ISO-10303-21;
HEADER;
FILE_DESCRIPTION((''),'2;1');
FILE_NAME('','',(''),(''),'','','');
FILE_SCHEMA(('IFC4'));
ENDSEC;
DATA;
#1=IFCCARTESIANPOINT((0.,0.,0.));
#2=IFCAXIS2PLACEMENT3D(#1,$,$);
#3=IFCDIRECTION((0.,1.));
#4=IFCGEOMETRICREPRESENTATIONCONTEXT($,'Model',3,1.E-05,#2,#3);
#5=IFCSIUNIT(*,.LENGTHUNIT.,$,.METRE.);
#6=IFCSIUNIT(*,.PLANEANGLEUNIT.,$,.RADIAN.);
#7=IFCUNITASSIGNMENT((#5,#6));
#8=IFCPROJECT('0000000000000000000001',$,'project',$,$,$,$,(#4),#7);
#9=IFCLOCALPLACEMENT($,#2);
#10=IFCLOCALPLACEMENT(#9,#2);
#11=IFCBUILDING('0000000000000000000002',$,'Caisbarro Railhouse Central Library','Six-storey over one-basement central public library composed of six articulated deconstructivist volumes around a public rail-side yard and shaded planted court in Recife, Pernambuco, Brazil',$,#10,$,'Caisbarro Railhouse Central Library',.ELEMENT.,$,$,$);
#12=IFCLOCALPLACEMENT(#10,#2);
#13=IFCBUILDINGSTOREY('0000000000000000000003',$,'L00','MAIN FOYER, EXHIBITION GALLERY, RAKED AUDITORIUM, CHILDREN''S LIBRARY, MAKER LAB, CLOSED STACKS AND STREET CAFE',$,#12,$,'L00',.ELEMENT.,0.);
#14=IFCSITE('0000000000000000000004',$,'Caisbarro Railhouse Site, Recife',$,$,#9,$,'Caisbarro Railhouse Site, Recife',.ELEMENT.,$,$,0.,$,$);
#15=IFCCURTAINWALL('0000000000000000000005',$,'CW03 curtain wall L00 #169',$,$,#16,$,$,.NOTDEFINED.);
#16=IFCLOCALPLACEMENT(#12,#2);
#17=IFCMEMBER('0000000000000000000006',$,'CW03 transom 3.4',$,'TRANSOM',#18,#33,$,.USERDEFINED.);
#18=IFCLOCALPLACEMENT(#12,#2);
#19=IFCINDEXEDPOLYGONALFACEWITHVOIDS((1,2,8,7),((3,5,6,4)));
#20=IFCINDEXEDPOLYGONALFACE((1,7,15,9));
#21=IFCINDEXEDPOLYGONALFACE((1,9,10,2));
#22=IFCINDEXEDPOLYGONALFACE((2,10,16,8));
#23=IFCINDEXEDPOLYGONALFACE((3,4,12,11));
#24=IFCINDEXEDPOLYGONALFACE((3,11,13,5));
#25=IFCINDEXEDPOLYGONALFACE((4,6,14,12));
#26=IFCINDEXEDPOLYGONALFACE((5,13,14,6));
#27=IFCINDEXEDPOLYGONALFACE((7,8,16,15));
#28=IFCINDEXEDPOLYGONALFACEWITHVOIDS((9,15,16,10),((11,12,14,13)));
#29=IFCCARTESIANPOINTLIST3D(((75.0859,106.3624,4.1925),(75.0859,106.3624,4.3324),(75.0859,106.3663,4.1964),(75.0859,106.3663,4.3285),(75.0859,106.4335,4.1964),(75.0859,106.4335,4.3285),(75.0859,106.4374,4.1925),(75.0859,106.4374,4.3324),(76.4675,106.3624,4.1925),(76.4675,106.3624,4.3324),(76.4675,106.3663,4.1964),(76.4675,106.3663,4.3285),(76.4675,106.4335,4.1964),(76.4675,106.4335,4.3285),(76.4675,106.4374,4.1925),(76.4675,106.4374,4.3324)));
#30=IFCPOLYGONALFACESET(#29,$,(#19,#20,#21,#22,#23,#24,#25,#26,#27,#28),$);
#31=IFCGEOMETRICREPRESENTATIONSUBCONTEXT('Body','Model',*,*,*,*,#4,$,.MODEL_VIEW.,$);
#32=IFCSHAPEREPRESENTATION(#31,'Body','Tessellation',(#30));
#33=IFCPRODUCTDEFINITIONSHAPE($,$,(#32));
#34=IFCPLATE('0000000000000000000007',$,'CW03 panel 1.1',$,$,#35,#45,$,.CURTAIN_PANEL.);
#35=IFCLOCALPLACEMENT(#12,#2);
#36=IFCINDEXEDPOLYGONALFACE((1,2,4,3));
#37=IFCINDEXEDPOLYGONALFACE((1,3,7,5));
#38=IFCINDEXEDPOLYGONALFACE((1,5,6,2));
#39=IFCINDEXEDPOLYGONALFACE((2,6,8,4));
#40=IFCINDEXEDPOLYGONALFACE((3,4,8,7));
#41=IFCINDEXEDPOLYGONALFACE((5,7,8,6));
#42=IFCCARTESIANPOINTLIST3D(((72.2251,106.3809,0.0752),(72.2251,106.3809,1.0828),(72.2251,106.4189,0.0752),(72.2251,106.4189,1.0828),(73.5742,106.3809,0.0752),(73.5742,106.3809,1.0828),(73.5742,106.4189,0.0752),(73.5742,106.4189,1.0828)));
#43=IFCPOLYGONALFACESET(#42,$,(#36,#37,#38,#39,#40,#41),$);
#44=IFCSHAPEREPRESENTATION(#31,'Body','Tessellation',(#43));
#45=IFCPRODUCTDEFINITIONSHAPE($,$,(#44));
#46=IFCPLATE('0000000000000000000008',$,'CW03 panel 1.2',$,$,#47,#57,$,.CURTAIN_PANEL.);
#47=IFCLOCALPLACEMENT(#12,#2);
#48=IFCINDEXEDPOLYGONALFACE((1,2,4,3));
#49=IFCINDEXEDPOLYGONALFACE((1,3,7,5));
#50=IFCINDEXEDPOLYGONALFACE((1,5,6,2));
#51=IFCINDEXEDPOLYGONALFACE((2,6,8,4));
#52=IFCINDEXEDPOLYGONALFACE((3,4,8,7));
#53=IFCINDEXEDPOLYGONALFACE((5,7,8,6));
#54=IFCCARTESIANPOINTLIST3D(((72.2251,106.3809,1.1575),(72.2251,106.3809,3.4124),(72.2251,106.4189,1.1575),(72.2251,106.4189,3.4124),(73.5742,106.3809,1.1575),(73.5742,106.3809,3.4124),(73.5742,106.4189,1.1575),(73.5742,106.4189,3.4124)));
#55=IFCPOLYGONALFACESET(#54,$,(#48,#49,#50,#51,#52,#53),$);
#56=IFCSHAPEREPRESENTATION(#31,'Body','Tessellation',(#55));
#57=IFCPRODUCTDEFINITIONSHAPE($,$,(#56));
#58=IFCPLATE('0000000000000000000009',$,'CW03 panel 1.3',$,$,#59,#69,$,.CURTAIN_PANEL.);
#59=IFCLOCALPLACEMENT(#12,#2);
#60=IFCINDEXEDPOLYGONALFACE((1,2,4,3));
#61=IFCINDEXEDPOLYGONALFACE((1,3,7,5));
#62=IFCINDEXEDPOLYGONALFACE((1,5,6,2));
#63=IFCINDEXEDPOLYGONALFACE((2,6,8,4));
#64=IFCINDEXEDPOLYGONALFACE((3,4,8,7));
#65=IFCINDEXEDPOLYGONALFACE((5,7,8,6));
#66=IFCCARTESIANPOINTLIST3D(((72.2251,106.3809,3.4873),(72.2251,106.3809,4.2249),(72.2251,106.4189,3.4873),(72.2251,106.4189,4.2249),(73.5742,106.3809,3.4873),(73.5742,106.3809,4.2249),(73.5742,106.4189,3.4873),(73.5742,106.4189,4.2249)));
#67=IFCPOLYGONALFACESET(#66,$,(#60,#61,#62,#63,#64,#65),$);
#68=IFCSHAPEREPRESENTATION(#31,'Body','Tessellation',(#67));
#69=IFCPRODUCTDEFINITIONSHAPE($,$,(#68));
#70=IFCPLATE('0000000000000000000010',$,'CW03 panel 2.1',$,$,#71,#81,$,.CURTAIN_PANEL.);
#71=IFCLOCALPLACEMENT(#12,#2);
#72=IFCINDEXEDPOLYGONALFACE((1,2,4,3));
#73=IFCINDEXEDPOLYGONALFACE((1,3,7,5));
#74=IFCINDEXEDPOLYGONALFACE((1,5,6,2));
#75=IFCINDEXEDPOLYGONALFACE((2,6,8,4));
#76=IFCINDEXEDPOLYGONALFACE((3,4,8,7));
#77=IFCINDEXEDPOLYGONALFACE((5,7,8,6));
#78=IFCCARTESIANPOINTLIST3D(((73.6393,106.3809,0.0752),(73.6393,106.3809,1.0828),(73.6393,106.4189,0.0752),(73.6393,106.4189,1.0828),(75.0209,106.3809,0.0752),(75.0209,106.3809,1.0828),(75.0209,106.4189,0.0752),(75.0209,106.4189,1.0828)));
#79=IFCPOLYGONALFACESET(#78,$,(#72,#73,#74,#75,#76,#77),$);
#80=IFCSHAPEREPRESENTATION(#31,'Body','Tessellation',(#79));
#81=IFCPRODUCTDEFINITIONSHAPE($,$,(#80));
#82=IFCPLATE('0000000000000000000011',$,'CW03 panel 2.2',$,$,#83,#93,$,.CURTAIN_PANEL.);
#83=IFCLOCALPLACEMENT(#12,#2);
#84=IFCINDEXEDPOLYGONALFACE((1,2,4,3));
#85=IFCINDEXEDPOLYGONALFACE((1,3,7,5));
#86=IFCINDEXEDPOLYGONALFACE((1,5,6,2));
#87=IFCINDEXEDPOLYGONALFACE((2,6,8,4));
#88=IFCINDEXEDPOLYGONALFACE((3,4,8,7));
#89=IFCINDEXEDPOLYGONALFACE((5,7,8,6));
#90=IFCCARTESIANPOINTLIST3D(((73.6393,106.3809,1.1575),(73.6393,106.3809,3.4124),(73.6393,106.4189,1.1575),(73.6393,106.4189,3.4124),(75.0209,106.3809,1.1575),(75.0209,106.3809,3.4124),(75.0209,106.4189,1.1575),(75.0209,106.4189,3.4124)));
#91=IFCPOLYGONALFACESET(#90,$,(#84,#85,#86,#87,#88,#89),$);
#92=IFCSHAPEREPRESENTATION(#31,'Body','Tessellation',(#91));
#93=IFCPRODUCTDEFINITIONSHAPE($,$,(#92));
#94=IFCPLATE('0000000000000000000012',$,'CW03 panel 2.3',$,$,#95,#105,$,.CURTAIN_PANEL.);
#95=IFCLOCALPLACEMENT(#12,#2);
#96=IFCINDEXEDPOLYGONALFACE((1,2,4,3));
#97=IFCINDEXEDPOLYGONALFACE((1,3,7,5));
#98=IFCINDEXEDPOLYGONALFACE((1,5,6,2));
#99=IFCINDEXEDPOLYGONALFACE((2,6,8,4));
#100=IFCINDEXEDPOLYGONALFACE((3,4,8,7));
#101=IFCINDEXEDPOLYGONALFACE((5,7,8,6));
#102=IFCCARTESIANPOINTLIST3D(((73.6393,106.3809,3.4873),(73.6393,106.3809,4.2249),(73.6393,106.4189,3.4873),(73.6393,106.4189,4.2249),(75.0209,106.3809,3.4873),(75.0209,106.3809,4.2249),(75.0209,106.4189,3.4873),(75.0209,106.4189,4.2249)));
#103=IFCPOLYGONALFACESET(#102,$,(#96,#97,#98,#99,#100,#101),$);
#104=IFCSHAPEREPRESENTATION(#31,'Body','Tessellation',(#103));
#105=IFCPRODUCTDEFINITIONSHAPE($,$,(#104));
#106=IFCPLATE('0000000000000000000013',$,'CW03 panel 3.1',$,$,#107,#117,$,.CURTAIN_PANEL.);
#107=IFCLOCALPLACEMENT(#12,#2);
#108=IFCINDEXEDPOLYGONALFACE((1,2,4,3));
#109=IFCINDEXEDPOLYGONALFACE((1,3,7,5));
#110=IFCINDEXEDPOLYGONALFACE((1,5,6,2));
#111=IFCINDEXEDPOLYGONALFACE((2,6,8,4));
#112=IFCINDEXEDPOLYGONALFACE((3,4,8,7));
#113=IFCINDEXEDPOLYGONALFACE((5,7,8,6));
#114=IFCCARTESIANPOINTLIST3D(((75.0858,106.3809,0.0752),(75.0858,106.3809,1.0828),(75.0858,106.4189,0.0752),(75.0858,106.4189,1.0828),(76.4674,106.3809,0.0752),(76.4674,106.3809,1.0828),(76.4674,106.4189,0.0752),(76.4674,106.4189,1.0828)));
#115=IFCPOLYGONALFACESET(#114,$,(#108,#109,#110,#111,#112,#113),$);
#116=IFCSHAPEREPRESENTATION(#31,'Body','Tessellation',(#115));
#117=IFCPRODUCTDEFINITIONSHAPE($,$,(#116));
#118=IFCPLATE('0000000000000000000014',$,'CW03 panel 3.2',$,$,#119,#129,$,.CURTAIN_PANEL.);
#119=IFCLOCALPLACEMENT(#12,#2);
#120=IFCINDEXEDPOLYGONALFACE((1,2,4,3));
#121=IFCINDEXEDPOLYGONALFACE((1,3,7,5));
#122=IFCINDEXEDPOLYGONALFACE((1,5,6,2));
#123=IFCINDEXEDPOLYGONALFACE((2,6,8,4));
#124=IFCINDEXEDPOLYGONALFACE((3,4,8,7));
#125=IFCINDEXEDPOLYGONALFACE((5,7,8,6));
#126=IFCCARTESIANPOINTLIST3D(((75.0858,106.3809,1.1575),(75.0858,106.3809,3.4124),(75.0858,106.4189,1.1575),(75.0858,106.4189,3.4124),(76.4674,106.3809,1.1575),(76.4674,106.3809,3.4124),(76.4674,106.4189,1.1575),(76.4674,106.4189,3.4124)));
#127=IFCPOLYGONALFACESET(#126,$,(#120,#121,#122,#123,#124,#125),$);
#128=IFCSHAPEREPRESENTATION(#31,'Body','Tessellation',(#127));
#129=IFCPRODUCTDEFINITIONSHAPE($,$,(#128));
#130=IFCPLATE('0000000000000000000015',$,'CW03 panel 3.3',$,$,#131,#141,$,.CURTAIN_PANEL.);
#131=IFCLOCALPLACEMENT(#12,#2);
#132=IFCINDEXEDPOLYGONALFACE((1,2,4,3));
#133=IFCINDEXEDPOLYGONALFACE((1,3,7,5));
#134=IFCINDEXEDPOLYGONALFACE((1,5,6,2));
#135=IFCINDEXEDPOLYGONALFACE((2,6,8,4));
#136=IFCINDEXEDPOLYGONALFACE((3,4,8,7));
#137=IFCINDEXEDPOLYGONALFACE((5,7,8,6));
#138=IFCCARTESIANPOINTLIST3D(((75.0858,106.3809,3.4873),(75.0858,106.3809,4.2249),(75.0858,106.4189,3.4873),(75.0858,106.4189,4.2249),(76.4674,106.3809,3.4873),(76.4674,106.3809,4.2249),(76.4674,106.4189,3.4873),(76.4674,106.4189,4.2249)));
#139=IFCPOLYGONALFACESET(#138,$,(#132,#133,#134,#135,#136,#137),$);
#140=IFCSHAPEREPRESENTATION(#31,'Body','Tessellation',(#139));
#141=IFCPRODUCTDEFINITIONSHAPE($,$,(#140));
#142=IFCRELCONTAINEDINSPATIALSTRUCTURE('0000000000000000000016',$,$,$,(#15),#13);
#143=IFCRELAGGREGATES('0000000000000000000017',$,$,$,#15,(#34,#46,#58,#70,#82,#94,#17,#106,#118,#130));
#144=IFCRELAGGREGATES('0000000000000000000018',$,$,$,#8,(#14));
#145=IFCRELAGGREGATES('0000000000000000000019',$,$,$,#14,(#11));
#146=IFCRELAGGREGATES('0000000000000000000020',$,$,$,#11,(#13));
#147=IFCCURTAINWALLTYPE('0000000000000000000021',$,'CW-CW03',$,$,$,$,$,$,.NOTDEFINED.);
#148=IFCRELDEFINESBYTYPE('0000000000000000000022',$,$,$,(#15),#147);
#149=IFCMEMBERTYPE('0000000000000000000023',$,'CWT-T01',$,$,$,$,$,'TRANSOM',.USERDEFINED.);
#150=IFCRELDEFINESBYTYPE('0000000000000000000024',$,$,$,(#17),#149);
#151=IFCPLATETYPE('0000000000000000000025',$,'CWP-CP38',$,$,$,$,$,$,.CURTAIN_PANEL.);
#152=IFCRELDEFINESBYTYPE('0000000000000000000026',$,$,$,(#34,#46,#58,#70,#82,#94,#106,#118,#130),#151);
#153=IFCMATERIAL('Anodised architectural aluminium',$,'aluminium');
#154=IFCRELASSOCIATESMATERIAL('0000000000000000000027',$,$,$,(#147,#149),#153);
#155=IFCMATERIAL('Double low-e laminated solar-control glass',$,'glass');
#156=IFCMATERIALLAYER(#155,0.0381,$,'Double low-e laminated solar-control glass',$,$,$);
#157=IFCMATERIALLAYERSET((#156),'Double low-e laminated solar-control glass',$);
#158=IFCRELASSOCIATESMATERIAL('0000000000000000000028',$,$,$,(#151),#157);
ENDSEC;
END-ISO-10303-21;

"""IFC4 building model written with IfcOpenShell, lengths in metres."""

from ifc_helpers import new_model, si_unit, direction, frame, origin, origin_2d, place, context, subcontext, project, spatial, rectangle, hollow_rectangle, extrude, material, layer, layer_set, material_profile, profile_set, type_object, element, aggregate, save


model = new_model("IFC4")

# Units and contexts
model_context = context("Model", 3, precision=1e-05, world=origin(), true_north=direction((0.0, 1.0)))
body_context = subcontext(model_context, "Body", "Model", "MODEL_VIEW")
ifc_project = project(units=[si_unit("LENGTHUNIT", "METRE"), si_unit("PLANEANGLEUNIT", "RADIAN")], contexts=[model_context])

# Site, building, storey
site_placement = place(None, origin())
site = spatial("IfcSite", under=ifc_project, at=site_placement, Name="Caisbarro Railhouse Site, Recife", LongName="Caisbarro Railhouse Site, Recife", CompositionType="ELEMENT", RefElevation=0.0)
building_placement = place(site_placement, origin())
building = spatial("IfcBuilding", under=site, at=building_placement, Name="Caisbarro Railhouse Central Library", Description="Six-storey over one-basement central public library composed of six articulated deconstructivist volumes around a public rail-side yard and shaded planted court in Recife, Pernambuco, Brazil", LongName="Caisbarro Railhouse Central Library", CompositionType="ELEMENT")
storey_placement = place(building_placement, origin())
storey = spatial("IfcBuildingStorey", under=building, at=storey_placement, Name="L00", Description="MAIN FOYER, EXHIBITION GALLERY, RAKED AUDITORIUM, CHILDREN'S LIBRARY, MAKER LAB, CLOSED STACKS AND STREET CAFE", LongName="L00", CompositionType="ELEMENT", Elevation=0.0)

# Curtain wall, member, plates
ifc_material_1 = material(Name="Anodised architectural aluminium", Category="aluminium")
curtain_wall_type = type_object("IfcCurtainWallType", Name="CW-CW03", PredefinedType="NOTDEFINED", material=ifc_material_1)
curtain_wall_placement = place(storey_placement, origin())
curtain_wall = element("IfcCurtainWall", 1, at=curtain_wall_placement, inside=storey, type_object=curtain_wall_type, Name="CW03 curtain wall L00 #169", PredefinedType="NOTDEFINED")
ifc_material_profile_1 = material_profile(ifc_material_1, hollow_rectangle(XDim=0.075, YDim=0.1399, WallThickness=0.0039, at=origin_2d()), Name="ALU-TRN-75X140")
ifc_profile_set_1 = profile_set([ifc_material_profile_1], Name="Anodised architectural aluminium")
member_type_1 = type_object("IfcMemberType", Name="CWT-T01", ElementType="TRANSOM", PredefinedType="USERDEFINED", material=ifc_profile_set_1)
member_1_placement = place(storey_placement, frame((75.0859, 106.3999, 4.2625), z_axis=(1.0, 0.0, 0.0), x_axis=(0.0, 1.0, 0.0)))
member_1 = element("IfcMember", 2, at=member_1_placement, type_object=member_type_1, Name="CW03 transom 3.4", ObjectType="TRANSOM", PredefinedType="USERDEFINED", context=body_context, shape_type="SweptSolid", body=[
    extrude(hollow_rectangle(XDim=0.075, YDim=0.1399, WallThickness=0.0039, at=origin_2d()), origin(), (0.0, 0.0, 1.0), 1.3816),
])
ifc_material_2 = material(Name="Double low-e laminated solar-control glass", Category="glass")
ifc_layer = layer(ifc_material_2, 0.0381, Name="Double low-e laminated solar-control glass")
ifc_layer_set = layer_set([ifc_layer], Name="Double low-e laminated solar-control glass")
plate_type = type_object("IfcPlateType", Name="CWP-CP38", PredefinedType="CURTAIN_PANEL", material=ifc_layer_set)
plate_1_placement = place(storey_placement, frame((72.8997, 106.3999, 0.0752), z_axis=(0.0, 0.0, 1.0), x_axis=(1.0, 0.0, 0.0)))
plate_1 = element("IfcPlate", 3, at=plate_1_placement, type_object=plate_type, Name="CW03 panel 1.1", PredefinedType="CURTAIN_PANEL", context=body_context, shape_type="SweptSolid", body=[
    extrude(rectangle(XDim=1.3491, YDim=0.0381, at=origin_2d()), origin(), (0.0, 0.0, 1.0), 1.0076),
])
plate_2_placement = place(storey_placement, frame((72.8997, 106.3999, 1.1575), z_axis=(0.0, 0.0, 1.0), x_axis=(1.0, 0.0, 0.0)))
plate_2 = element("IfcPlate", 4, at=plate_2_placement, type_object=plate_type, Name="CW03 panel 1.2", PredefinedType="CURTAIN_PANEL", context=body_context, shape_type="SweptSolid", body=[
    extrude(rectangle(XDim=1.3491, YDim=0.0381, at=origin_2d()), origin(), (0.0, 0.0, 1.0), 2.2549),
])
plate_3_placement = place(storey_placement, frame((72.8997, 106.3999, 3.4873), z_axis=(0.0, 0.0, 1.0), x_axis=(1.0, 0.0, 0.0)))
plate_3 = element("IfcPlate", 5, at=plate_3_placement, type_object=plate_type, Name="CW03 panel 1.3", PredefinedType="CURTAIN_PANEL", context=body_context, shape_type="SweptSolid", body=[
    extrude(rectangle(XDim=1.3491, YDim=0.0381, at=origin_2d()), origin(), (0.0, 0.0, 1.0), 0.7375),
])
plate_4_placement = place(storey_placement, frame((74.3301, 106.3999, 0.0752), z_axis=(0.0, 0.0, 1.0), x_axis=(1.0, 0.0, 0.0)))
plate_4 = element("IfcPlate", 6, at=plate_4_placement, type_object=plate_type, Name="CW03 panel 2.1", PredefinedType="CURTAIN_PANEL", context=body_context, shape_type="SweptSolid", body=[
    extrude(rectangle(XDim=1.3816, YDim=0.0381, at=origin_2d()), origin(), (0.0, 0.0, 1.0), 1.0076),
])
plate_5_placement = place(storey_placement, frame((74.3301, 106.3999, 1.1575), z_axis=(0.0, 0.0, 1.0), x_axis=(1.0, 0.0, 0.0)))
plate_5 = element("IfcPlate", 7, at=plate_5_placement, type_object=plate_type, Name="CW03 panel 2.2", PredefinedType="CURTAIN_PANEL", context=body_context, shape_type="SweptSolid", body=[
    extrude(rectangle(XDim=1.3816, YDim=0.0381, at=origin_2d()), origin(), (0.0, 0.0, 1.0), 2.2549),
])
plate_6_placement = place(storey_placement, frame((74.3301, 106.3999, 3.4873), z_axis=(0.0, 0.0, 1.0), x_axis=(1.0, 0.0, 0.0)))
plate_6 = element("IfcPlate", 8, at=plate_6_placement, type_object=plate_type, Name="CW03 panel 2.3", PredefinedType="CURTAIN_PANEL", context=body_context, shape_type="SweptSolid", body=[
    extrude(rectangle(XDim=1.3816, YDim=0.0381, at=origin_2d()), origin(), (0.0, 0.0, 1.0), 0.7375),
])
plate_7_placement = place(storey_placement, frame((75.7766, 106.3999, 0.0752), z_axis=(0.0, 0.0, 1.0), x_axis=(1.0, 0.0, 0.0)))
plate_7 = element("IfcPlate", 9, at=plate_7_placement, type_object=plate_type, Name="CW03 panel 3.1", PredefinedType="CURTAIN_PANEL", context=body_context, shape_type="SweptSolid", body=[
    extrude(rectangle(XDim=1.3816, YDim=0.0381, at=origin_2d()), origin(), (0.0, 0.0, 1.0), 1.0076),
])
plate_8_placement = place(storey_placement, frame((75.7766, 106.3999, 1.1575), z_axis=(0.0, 0.0, 1.0), x_axis=(1.0, 0.0, 0.0)))
plate_8 = element("IfcPlate", 10, at=plate_8_placement, type_object=plate_type, Name="CW03 panel 3.2", PredefinedType="CURTAIN_PANEL", context=body_context, shape_type="SweptSolid", body=[
    extrude(rectangle(XDim=1.3816, YDim=0.0381, at=origin_2d()), origin(), (0.0, 0.0, 1.0), 2.2549),
])
plate_9_placement = place(storey_placement, frame((75.7766, 106.3999, 3.4873), z_axis=(0.0, 0.0, 1.0), x_axis=(1.0, 0.0, 0.0)))
plate_9 = element("IfcPlate", 11, at=plate_9_placement, type_object=plate_type, Name="CW03 panel 3.3", PredefinedType="CURTAIN_PANEL", context=body_context, shape_type="SweptSolid", body=[
    extrude(rectangle(XDim=1.3816, YDim=0.0381, at=origin_2d()), origin(), (0.0, 0.0, 1.0), 0.7375),
])
aggregate(curtain_wall, [plate_1, plate_2, plate_3, plate_4, plate_5, plate_6, member_1, plate_7, plate_8, plate_9])

save(model, "model.ifc")
